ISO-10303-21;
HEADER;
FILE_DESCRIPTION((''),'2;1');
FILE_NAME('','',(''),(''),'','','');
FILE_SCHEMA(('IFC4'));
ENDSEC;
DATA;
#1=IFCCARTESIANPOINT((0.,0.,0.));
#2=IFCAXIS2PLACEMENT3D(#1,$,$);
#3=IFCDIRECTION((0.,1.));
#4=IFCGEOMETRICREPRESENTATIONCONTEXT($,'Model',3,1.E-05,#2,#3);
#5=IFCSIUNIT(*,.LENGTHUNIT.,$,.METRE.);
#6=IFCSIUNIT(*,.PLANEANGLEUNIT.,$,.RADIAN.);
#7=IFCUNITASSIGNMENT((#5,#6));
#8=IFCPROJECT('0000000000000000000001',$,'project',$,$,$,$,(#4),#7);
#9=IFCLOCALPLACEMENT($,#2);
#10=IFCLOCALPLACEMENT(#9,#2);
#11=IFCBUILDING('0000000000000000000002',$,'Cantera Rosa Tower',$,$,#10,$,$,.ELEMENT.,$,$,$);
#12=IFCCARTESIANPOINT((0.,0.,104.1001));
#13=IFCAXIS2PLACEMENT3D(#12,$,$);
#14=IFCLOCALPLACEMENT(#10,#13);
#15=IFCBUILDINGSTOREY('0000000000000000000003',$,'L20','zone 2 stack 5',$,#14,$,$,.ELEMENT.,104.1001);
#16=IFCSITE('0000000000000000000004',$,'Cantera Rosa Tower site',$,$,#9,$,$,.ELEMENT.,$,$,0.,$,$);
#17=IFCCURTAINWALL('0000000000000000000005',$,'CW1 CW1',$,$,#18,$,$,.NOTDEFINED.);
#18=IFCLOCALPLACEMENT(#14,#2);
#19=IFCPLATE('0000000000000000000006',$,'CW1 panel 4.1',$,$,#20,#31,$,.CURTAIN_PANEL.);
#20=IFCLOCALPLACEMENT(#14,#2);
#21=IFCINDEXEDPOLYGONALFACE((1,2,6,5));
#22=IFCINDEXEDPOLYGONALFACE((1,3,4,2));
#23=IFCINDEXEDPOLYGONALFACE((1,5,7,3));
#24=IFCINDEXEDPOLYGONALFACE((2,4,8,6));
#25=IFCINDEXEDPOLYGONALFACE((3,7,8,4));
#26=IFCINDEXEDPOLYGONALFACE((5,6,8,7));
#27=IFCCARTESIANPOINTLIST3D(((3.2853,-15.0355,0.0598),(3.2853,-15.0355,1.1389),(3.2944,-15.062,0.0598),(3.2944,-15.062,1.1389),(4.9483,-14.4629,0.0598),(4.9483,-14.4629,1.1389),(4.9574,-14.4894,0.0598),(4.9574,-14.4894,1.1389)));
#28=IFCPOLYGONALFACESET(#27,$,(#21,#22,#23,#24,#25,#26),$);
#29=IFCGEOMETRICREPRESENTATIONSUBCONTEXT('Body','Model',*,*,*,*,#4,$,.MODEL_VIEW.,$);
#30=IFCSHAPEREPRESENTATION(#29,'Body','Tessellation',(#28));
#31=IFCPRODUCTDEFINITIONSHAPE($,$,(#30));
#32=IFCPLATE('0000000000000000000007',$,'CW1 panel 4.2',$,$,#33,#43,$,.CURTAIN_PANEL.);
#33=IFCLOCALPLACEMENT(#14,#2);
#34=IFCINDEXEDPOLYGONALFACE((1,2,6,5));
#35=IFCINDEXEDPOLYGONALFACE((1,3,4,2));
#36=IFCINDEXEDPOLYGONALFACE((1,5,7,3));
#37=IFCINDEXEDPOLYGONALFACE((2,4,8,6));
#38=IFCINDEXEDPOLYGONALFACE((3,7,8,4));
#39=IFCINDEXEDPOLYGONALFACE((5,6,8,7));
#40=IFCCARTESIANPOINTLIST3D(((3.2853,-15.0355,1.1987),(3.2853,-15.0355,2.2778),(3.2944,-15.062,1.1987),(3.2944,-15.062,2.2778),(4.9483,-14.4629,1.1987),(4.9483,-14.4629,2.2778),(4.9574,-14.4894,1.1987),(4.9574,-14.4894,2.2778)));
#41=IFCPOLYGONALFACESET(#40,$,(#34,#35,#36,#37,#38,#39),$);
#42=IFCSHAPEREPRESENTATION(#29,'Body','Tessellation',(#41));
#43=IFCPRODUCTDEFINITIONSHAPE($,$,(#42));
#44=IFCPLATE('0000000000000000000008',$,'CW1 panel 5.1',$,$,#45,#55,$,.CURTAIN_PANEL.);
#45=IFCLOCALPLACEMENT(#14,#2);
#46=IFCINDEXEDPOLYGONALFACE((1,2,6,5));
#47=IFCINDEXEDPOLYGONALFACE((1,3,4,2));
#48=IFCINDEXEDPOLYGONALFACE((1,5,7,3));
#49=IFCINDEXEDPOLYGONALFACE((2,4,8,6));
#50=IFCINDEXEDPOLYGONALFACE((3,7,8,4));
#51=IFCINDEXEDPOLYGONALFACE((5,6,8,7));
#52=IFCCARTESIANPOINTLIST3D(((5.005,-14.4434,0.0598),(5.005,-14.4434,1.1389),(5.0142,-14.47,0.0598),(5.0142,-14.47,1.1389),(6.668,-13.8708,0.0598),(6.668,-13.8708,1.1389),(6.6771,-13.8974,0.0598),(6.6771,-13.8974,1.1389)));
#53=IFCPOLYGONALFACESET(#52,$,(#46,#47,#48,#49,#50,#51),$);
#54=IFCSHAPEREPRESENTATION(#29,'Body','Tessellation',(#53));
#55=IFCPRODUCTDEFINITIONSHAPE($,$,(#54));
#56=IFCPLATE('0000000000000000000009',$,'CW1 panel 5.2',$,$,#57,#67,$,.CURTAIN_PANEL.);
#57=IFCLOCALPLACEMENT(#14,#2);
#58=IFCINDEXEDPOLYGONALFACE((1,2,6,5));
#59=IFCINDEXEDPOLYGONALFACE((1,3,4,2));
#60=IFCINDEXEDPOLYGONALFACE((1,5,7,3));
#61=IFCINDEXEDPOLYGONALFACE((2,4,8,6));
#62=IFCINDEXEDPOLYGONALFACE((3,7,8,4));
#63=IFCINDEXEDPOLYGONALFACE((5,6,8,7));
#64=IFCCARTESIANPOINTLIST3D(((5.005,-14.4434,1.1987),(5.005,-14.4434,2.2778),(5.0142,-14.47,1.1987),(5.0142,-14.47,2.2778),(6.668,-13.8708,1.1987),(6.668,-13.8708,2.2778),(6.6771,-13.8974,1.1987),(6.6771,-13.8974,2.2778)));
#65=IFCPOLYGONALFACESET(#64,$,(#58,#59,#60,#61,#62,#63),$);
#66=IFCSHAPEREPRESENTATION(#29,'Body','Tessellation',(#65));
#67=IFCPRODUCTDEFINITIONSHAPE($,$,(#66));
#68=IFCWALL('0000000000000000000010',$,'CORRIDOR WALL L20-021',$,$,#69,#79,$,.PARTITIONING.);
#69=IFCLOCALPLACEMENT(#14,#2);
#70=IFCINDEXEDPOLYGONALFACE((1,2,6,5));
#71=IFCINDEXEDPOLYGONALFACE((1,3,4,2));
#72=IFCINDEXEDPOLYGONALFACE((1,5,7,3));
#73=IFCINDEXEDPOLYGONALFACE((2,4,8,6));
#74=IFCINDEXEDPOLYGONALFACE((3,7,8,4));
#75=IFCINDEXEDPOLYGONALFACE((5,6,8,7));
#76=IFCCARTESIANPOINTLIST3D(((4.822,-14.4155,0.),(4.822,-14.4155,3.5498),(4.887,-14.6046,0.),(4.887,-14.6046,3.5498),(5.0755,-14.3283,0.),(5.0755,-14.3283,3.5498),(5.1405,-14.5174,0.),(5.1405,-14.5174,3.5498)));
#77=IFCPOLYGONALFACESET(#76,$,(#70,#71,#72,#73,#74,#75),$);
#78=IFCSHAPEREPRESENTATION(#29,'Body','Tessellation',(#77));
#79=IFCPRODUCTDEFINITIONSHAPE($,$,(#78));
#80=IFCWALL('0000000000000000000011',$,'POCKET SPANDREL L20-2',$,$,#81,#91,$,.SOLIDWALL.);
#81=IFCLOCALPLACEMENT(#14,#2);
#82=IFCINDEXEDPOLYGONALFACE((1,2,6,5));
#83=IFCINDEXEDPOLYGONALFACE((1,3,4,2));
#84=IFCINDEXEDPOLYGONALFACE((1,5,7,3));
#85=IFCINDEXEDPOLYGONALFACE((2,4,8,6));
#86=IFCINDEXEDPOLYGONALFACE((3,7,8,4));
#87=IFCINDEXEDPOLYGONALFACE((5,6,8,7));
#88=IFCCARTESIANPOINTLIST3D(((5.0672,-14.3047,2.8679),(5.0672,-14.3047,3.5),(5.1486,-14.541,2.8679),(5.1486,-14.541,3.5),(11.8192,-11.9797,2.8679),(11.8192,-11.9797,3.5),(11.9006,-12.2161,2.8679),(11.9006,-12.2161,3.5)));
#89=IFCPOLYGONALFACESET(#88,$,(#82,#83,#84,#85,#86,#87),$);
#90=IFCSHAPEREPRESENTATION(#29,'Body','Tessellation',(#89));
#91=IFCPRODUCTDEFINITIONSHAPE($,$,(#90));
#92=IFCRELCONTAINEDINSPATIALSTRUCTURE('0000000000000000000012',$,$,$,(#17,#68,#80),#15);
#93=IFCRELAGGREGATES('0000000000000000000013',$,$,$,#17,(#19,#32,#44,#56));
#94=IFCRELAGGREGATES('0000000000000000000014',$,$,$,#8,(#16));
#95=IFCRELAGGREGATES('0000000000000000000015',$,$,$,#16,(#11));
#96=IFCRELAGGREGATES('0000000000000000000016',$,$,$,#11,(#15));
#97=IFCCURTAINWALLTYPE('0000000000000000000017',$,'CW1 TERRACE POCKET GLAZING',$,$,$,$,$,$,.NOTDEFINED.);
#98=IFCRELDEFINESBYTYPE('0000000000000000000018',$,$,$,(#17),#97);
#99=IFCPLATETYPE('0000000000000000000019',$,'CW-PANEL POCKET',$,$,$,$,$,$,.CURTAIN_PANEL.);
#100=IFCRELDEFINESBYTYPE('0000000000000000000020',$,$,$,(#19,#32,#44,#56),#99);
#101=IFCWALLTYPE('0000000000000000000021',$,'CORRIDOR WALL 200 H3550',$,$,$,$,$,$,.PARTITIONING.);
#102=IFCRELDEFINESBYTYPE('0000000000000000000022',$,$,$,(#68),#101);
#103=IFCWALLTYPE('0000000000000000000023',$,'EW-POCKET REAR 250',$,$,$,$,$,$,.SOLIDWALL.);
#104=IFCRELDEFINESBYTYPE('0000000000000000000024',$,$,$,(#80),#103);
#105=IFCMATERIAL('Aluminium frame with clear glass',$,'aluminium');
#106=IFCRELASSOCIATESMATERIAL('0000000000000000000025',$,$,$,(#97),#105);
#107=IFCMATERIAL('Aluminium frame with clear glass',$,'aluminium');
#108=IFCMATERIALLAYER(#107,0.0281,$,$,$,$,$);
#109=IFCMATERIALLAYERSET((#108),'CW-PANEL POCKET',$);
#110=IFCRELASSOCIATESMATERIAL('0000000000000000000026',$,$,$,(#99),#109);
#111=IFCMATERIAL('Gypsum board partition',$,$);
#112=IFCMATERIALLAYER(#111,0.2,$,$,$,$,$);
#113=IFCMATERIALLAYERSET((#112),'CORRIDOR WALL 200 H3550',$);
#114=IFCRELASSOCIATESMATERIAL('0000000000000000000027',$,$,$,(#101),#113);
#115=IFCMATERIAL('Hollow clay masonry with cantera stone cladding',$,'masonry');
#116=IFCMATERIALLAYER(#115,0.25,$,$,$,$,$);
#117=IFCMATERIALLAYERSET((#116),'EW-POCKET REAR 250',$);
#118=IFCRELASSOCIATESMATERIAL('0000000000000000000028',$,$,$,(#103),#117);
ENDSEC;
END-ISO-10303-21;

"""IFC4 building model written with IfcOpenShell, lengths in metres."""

from ifc_helpers import new_model, si_unit, direction, frame, frame_2d, origin, origin_2d, place, context, subcontext, project, spatial, rectangle, extrude, material, layer, layer_set, type_object, element, aggregate, save


model = new_model("IFC4")

# Units and contexts
model_context = context("Model", 3, precision=1e-05, world=origin(), true_north=direction((0.0, 1.0)))
body_context = subcontext(model_context, "Body", "Model", "MODEL_VIEW")
ifc_project = project(units=[si_unit("LENGTHUNIT", "METRE"), si_unit("PLANEANGLEUNIT", "RADIAN")], contexts=[model_context])

# Site, building, storey
site_placement = place(None, origin())
site = spatial("IfcSite", under=ifc_project, at=site_placement, Name="Cantera Rosa Tower site", CompositionType="ELEMENT", RefElevation=0.0)
building_placement = place(site_placement, origin())
building = spatial("IfcBuilding", under=site, at=building_placement, Name="Cantera Rosa Tower", CompositionType="ELEMENT")
storey_placement = place(building_placement, frame((0.0, 0.0, 104.1001)))
storey = spatial("IfcBuildingStorey", under=building, at=storey_placement, Name="L20", Description="zone 2 stack 5", CompositionType="ELEMENT", Elevation=104.1001)

# Curtain wall
ifc_material_1 = material(Name="Aluminium frame with clear glass", Category="aluminium")
curtain_wall_type = type_object("IfcCurtainWallType", Name="CW1 TERRACE POCKET GLAZING", PredefinedType="NOTDEFINED", material=ifc_material_1)
curtain_wall_placement = place(storey_placement, origin())
curtain_wall = element("IfcCurtainWall", 1, at=curtain_wall_placement, inside=storey, type_object=curtain_wall_type, Name="CW1 CW1", PredefinedType="NOTDEFINED")

# Plates
ifc_material_2 = material(Name="Aluminium frame with clear glass", Category="aluminium")
ifc_layer_1 = layer(ifc_material_2, 0.0281)
ifc_layer_set_1 = layer_set([ifc_layer_1], Name="CW-PANEL POCKET")
plate_type = type_object("IfcPlateType", Name="CW-PANEL POCKET", PredefinedType="CURTAIN_PANEL", material=ifc_layer_set_1)
plate_1_placement = place(storey_placement, frame((4.1213, -14.7625, 0.0598), z_axis=(0.0, 0.0, 1.0), x_axis=(0.945519, 0.325568, 0.0)))
plate_1 = element("IfcPlate", 2, at=plate_1_placement, type_object=plate_type, Name="CW1 panel 4.1", PredefinedType="CURTAIN_PANEL", context=body_context, shape_type="SweptSolid", body=[
    extrude(rectangle(XDim=1.7588, YDim=0.0281, at=origin_2d()), origin(), (0.0, 0.0, 1.0), 1.0791),
])
plate_2_placement = place(storey_placement, frame((4.1213, -14.7625, 1.1987), z_axis=(0.0, 0.0, 1.0), x_axis=(0.945519, 0.325568, 0.0)))
plate_2 = element("IfcPlate", 3, at=plate_2_placement, type_object=plate_type, Name="CW1 panel 4.2", PredefinedType="CURTAIN_PANEL", context=body_context, shape_type="SweptSolid", body=[
    extrude(rectangle(XDim=1.7588, YDim=0.0281, at=origin_2d()), origin(), (0.0, 0.0, 1.0), 1.0791),
])
plate_3_placement = place(storey_placement, frame((5.8411, -14.1704, 0.0598), z_axis=(0.0, 0.0, 1.0), x_axis=(0.945519, 0.325568, 0.0)))
plate_3 = element("IfcPlate", 4, at=plate_3_placement, type_object=plate_type, Name="CW1 panel 5.1", PredefinedType="CURTAIN_PANEL", context=body_context, shape_type="SweptSolid", body=[
    extrude(rectangle(XDim=1.7588, YDim=0.0281, at=origin_2d()), origin(), (0.0, 0.0, 1.0), 1.0791),
])
plate_4_placement = place(storey_placement, frame((5.8411, -14.1704, 1.1987), z_axis=(0.0, 0.0, 1.0), x_axis=(0.945519, 0.325568, 0.0)))
plate_4 = element("IfcPlate", 5, at=plate_4_placement, type_object=plate_type, Name="CW1 panel 5.2", PredefinedType="CURTAIN_PANEL", context=body_context, shape_type="SweptSolid", body=[
    extrude(rectangle(XDim=1.7588, YDim=0.0281, at=origin_2d()), origin(), (0.0, 0.0, 1.0), 1.0791),
])
aggregate(curtain_wall, [plate_1, plate_2, plate_3, plate_4])

# Walls
ifc_material_3 = material(Name="Gypsum board partition")
ifc_layer_2 = layer(ifc_material_3, 0.2)
ifc_layer_set_2 = layer_set([ifc_layer_2], Name="CORRIDOR WALL 200 H3550")
wall_type_1 = type_object("IfcWallType", Name="CORRIDOR WALL 200 H3550", PredefinedType="PARTITIONING", material=ifc_layer_set_2)
wall_1_placement = place(storey_placement, frame((4.8545, -14.51, 0.0), z_axis=(0.0, 0.0, 1.0), x_axis=(0.945634, 0.325233, 0.0)))
element("IfcWall", 6, at=wall_1_placement, inside=storey, type_object=wall_type_1, Name="CORRIDOR WALL L20-021", PredefinedType="PARTITIONING", context=body_context, shape_type="SweptSolid", body=[
    extrude(rectangle(XDim=0.2681, YDim=0.2, at=frame_2d((0.134, 0.0))), origin(), (0.0, 0.0, 1.0), 3.5498),
])
ifc_material_4 = material(Name="Hollow clay masonry with cantera stone cladding", Category="masonry")
ifc_layer_3 = layer(ifc_material_4, 0.25)
ifc_layer_set_3 = layer_set([ifc_layer_3], Name="EW-POCKET REAR 250")
wall_type_2 = type_object("IfcWallType", Name="EW-POCKET REAR 250", PredefinedType="SOLIDWALL", material=ifc_layer_set_3)
wall_2_placement = place(storey_placement, frame((5.1079, -14.4229, 2.8679), z_axis=(0.0, 0.0, 1.0), x_axis=(0.945516, 0.325577, 0.0)))
element("IfcWall", 7, at=wall_2_placement, inside=storey, type_object=wall_type_2, Name="POCKET SPANDREL L20-2", PredefinedType="SOLIDWALL", context=body_context, shape_type="SweptSolid", body=[
    extrude(rectangle(XDim=7.1411, YDim=0.25, at=frame_2d((3.5706, 0.0))), origin(), (0.0, 0.0, 1.0), 0.6321),
])

save(model, "model.ifc")
